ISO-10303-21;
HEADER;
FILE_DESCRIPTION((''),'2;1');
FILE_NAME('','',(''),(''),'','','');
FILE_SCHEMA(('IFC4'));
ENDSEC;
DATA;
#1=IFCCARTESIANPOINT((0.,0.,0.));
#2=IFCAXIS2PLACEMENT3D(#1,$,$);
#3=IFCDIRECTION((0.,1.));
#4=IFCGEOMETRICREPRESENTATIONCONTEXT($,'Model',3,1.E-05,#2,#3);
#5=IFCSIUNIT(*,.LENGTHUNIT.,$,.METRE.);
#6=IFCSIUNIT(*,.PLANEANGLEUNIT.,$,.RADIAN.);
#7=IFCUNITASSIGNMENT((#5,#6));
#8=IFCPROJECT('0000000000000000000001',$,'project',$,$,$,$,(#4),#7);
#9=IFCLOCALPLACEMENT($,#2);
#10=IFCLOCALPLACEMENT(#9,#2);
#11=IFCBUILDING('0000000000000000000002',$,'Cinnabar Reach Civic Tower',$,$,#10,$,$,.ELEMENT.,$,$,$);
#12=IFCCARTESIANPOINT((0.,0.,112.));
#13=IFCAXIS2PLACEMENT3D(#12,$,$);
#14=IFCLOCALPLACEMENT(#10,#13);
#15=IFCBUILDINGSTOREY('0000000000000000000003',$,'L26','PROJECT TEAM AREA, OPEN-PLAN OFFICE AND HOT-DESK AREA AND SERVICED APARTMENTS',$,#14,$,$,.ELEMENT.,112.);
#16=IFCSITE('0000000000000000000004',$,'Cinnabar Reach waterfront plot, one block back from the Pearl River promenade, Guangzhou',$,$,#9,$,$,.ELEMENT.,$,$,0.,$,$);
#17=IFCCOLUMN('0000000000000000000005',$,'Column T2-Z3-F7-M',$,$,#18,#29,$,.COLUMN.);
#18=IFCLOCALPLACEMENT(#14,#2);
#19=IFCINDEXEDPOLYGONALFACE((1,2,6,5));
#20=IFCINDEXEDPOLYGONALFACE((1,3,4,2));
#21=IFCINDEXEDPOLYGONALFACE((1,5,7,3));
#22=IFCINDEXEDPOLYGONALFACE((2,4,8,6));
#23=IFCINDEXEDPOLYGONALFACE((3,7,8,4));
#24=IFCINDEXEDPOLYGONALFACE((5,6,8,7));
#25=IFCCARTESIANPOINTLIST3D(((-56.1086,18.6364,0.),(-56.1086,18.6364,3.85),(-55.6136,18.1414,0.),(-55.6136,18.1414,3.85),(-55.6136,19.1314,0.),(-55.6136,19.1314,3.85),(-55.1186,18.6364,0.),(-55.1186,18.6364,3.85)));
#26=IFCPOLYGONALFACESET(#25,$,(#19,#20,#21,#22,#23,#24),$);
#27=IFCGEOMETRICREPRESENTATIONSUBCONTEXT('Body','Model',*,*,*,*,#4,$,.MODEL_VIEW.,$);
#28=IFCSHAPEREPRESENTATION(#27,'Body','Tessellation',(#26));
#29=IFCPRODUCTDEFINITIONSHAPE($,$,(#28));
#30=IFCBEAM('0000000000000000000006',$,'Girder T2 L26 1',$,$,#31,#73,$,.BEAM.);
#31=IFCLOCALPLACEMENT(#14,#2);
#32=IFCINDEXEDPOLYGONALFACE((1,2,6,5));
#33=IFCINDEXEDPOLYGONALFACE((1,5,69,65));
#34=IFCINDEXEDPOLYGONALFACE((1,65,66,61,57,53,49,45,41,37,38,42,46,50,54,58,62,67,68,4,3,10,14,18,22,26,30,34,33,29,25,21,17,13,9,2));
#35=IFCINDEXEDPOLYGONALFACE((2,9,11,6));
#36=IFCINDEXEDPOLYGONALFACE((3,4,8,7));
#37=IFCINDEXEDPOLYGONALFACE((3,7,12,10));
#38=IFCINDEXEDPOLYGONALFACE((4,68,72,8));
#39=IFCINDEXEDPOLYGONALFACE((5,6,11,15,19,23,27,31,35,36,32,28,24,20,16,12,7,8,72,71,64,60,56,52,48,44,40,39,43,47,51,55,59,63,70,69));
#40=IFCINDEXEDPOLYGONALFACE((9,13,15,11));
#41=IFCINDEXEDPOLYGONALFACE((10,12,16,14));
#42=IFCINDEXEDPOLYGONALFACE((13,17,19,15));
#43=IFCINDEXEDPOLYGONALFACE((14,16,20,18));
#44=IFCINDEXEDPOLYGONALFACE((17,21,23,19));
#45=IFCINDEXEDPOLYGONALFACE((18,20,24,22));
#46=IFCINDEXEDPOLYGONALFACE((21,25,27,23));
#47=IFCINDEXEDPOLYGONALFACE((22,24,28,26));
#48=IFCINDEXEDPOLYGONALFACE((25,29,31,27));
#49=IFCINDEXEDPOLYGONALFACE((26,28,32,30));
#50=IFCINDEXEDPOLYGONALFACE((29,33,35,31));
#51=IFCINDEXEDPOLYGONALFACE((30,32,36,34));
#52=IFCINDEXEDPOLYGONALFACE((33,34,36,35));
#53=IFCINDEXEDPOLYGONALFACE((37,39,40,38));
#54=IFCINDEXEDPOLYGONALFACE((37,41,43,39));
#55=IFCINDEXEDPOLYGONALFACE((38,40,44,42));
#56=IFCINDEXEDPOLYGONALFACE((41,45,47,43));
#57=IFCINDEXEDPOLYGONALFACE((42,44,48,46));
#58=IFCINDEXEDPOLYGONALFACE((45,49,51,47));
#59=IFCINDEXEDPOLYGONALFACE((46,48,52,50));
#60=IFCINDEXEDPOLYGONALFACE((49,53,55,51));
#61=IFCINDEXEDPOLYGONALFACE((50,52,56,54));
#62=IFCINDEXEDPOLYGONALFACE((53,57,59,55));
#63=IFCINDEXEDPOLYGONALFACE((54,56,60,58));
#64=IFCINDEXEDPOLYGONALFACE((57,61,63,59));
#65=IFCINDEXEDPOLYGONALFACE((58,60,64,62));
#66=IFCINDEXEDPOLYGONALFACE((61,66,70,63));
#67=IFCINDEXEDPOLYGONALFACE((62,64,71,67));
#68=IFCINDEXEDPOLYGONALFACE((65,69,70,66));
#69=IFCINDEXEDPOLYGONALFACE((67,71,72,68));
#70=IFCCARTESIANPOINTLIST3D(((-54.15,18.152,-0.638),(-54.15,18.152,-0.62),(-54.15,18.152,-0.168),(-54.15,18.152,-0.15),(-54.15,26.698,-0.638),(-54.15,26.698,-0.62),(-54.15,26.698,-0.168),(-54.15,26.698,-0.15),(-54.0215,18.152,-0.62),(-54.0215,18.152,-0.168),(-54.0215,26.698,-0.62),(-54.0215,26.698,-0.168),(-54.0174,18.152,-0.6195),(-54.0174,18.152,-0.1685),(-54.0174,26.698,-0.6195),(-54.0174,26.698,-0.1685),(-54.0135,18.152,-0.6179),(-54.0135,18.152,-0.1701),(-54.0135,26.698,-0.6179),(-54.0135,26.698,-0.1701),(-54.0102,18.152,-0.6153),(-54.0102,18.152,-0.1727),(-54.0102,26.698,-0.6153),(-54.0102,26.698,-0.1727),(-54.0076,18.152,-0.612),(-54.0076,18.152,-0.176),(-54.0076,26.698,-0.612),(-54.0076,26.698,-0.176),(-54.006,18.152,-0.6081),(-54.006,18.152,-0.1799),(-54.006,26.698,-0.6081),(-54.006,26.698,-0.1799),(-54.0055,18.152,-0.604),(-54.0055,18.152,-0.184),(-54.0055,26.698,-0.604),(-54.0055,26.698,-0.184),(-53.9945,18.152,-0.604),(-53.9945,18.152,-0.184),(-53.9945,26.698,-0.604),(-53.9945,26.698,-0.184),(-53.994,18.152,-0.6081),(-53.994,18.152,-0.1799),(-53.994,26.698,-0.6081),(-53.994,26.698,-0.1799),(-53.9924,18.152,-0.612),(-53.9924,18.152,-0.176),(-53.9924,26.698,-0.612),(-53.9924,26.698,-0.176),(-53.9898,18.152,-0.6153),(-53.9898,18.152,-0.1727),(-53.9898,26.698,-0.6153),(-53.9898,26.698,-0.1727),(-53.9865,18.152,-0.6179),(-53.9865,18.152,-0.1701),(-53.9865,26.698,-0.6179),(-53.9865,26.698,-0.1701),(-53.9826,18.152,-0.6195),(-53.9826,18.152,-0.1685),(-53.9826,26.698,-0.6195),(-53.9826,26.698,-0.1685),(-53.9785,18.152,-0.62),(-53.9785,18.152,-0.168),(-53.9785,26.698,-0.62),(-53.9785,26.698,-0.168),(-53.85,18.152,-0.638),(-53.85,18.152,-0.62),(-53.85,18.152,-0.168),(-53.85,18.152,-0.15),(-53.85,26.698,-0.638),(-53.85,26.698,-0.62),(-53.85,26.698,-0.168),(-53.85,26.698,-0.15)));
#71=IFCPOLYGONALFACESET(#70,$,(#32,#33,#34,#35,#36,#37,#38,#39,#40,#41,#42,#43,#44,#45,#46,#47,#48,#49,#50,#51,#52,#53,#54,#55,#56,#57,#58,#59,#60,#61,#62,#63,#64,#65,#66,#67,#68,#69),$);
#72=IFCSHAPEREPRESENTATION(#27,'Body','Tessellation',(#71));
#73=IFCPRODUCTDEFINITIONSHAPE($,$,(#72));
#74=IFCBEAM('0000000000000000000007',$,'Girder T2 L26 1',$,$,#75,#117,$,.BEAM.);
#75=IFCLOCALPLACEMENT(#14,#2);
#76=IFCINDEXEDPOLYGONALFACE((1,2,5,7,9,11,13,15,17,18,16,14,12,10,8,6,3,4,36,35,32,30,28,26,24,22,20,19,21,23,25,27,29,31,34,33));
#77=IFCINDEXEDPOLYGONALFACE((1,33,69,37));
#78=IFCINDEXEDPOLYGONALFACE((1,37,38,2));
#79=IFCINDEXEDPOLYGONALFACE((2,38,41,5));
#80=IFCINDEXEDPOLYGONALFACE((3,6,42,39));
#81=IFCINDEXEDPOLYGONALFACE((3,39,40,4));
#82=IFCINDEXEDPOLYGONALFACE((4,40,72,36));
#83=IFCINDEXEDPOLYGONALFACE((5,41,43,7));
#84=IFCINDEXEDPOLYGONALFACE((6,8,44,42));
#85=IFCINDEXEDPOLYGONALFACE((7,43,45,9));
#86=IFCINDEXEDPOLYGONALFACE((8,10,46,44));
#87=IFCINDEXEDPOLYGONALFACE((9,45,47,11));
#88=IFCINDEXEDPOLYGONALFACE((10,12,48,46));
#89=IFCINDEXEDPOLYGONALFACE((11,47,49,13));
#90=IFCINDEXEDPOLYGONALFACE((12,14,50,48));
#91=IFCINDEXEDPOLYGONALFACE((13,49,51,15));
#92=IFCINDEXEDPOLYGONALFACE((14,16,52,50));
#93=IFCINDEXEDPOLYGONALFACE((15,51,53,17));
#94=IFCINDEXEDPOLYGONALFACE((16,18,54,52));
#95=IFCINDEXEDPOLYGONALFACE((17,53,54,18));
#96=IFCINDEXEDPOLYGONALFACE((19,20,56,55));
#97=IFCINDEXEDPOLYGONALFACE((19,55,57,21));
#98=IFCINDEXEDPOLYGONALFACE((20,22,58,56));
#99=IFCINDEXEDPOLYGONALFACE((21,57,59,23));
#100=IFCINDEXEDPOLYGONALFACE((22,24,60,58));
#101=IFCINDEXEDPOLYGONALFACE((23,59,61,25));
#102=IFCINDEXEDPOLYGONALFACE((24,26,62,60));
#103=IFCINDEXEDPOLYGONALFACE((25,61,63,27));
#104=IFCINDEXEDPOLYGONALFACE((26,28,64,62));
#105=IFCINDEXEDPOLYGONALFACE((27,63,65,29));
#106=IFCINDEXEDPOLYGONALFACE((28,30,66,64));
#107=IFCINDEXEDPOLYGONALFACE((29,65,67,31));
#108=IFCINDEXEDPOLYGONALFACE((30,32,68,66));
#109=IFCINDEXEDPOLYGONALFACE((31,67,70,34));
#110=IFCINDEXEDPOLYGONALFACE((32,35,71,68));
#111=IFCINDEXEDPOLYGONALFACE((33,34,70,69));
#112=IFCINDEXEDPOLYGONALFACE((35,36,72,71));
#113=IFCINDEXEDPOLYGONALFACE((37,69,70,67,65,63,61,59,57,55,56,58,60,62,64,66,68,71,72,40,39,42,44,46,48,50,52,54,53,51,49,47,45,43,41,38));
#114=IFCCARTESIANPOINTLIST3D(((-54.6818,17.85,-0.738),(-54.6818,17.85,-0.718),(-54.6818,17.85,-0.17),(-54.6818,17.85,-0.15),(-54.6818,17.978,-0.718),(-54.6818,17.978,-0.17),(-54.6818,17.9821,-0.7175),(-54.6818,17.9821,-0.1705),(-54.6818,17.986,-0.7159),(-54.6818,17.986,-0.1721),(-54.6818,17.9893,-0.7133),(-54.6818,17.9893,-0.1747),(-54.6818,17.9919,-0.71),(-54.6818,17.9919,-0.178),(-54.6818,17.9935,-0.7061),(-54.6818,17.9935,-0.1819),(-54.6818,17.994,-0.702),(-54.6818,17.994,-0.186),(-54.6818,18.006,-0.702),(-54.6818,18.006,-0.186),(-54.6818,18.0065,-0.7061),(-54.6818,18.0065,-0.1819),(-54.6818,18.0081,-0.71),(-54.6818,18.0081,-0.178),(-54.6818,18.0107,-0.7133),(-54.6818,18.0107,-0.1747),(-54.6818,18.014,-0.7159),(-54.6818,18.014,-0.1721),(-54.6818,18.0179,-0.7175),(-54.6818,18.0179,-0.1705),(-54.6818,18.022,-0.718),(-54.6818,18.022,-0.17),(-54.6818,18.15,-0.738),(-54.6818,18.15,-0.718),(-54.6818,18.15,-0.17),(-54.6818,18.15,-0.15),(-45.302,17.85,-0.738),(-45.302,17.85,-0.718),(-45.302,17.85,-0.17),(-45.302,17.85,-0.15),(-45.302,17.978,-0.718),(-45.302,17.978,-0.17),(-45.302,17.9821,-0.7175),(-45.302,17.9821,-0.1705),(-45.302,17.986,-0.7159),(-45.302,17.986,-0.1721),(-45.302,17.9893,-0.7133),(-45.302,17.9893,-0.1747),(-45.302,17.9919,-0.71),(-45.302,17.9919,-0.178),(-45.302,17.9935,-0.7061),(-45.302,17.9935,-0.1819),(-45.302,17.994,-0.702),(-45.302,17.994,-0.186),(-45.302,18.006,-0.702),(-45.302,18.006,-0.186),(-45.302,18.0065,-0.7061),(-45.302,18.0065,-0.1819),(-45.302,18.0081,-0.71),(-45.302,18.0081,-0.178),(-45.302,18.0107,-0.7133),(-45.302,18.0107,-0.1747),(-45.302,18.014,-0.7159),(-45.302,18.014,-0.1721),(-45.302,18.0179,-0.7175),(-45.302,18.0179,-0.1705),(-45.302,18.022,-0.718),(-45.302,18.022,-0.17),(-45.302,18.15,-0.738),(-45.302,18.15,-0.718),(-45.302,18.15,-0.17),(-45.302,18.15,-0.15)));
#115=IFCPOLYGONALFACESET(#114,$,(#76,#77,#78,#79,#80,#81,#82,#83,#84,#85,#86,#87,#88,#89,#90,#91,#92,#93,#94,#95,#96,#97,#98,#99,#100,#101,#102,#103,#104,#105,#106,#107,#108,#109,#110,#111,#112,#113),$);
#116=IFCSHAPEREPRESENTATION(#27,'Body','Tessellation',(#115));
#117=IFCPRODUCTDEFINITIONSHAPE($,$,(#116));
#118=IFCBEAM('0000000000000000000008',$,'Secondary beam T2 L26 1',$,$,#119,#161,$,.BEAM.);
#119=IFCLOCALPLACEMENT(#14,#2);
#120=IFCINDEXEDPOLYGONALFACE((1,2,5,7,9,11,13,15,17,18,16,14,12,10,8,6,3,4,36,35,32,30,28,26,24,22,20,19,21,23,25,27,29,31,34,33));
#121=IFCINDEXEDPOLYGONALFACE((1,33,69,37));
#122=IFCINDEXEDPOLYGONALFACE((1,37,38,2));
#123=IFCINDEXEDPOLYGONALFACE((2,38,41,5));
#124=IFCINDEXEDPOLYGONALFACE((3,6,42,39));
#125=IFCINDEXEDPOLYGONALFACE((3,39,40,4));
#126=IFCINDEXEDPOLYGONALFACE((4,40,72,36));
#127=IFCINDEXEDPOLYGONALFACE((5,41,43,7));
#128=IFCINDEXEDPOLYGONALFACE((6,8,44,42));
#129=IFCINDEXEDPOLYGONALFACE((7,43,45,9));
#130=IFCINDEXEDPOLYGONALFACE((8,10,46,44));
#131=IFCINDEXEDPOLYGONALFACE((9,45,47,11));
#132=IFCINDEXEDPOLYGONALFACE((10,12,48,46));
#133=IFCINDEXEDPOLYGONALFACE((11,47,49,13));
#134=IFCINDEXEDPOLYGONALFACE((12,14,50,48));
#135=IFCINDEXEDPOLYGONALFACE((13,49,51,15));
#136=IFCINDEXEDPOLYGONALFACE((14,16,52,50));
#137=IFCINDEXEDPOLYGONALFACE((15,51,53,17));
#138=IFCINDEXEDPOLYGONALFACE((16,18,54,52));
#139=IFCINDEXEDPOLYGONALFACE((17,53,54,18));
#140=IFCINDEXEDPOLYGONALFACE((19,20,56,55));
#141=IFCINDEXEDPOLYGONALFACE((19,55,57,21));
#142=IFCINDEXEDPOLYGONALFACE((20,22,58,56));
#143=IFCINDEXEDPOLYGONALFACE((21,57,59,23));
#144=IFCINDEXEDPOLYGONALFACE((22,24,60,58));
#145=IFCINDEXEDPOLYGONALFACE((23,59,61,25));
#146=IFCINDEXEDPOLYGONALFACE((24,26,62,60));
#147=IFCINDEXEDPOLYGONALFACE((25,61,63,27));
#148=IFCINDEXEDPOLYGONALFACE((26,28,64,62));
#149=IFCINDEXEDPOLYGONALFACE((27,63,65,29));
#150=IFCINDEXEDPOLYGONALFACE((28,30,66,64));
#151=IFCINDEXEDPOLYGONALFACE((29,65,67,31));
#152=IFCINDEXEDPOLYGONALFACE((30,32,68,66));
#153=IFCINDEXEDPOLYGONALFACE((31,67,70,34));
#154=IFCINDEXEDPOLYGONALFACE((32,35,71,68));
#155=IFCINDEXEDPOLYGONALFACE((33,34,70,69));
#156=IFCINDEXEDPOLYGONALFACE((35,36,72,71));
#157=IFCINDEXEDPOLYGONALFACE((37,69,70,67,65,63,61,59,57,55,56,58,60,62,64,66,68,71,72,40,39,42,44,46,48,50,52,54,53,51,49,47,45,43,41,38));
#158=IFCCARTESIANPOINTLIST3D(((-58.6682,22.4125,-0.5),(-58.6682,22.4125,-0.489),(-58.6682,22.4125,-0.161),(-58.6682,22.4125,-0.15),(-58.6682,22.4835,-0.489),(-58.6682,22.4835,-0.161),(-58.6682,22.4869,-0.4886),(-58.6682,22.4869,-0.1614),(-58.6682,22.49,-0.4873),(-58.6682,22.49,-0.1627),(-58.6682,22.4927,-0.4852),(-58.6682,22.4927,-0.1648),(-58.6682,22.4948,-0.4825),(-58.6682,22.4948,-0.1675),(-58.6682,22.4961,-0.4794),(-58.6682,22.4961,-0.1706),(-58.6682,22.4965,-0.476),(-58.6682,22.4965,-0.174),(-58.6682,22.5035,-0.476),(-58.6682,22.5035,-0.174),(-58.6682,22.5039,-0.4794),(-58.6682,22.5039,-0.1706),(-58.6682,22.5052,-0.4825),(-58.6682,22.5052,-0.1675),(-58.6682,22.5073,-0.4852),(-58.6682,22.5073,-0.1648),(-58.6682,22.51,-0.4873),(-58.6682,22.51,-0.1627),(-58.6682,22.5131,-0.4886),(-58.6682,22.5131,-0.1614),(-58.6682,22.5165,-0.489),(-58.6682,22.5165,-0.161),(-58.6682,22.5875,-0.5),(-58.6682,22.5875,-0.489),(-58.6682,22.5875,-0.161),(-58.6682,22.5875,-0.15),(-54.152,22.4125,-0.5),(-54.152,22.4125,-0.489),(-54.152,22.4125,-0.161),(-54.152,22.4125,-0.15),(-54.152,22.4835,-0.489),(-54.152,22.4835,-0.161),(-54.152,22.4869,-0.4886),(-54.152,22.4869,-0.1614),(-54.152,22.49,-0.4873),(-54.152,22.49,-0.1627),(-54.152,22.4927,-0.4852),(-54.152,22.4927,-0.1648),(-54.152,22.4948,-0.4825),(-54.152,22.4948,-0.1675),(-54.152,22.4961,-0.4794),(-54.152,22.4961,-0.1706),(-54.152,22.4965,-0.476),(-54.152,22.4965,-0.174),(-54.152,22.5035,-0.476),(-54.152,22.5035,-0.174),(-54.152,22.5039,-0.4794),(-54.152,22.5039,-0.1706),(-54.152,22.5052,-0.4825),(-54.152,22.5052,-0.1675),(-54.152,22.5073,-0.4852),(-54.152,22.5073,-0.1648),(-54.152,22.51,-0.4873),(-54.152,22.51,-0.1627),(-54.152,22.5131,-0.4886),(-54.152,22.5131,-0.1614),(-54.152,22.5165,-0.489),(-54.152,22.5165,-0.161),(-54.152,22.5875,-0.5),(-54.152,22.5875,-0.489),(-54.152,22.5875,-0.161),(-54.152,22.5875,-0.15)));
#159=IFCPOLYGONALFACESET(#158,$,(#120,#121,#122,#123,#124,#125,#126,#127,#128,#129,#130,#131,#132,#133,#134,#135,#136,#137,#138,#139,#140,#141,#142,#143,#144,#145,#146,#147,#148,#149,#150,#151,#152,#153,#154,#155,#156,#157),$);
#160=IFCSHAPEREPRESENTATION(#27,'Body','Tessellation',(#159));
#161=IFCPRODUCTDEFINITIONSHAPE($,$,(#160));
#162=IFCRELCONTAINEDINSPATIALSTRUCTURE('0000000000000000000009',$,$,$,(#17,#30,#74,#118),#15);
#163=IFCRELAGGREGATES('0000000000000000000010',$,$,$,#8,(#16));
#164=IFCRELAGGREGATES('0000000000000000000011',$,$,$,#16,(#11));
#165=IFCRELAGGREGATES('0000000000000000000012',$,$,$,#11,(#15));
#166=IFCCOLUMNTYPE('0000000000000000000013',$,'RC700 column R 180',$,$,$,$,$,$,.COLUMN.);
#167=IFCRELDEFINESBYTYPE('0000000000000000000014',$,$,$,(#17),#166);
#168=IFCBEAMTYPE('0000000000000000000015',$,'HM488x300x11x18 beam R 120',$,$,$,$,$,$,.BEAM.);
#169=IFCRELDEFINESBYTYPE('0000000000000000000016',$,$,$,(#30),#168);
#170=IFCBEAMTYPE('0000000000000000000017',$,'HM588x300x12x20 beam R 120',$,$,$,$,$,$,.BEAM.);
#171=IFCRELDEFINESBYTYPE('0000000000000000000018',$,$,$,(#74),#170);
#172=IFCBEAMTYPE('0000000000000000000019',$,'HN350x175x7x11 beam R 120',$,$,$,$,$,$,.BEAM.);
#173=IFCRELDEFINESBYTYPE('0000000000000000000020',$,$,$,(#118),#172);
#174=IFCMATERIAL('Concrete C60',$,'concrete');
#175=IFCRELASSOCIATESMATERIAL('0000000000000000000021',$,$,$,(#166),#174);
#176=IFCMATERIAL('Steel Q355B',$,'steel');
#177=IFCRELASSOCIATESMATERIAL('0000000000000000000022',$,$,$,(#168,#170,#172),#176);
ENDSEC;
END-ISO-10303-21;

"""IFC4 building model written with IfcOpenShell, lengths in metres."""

from ifc_helpers import new_model, si_unit, direction, frame, origin, origin_2d, place, context, subcontext, project, spatial, rectangle, i_section, extrude, material, material_profile, profile_set, type_object, element, save


model = new_model("IFC4")

# Units and contexts
model_context = context("Model", 3, precision=1e-05, world=origin(), true_north=direction((0.0, 1.0)))
body_context = subcontext(model_context, "Body", "Model", "MODEL_VIEW")
ifc_project = project(units=[si_unit("LENGTHUNIT", "METRE"), si_unit("PLANEANGLEUNIT", "RADIAN")], contexts=[model_context])

# Site, building, storey
site_placement = place(None, origin())
site = spatial("IfcSite", under=ifc_project, at=site_placement, Name="Cinnabar Reach waterfront plot, one block back from the Pearl River promenade, Guangzhou", CompositionType="ELEMENT", RefElevation=0.0)
building_placement = place(site_placement, origin())
building = spatial("IfcBuilding", under=site, at=building_placement, Name="Cinnabar Reach Civic Tower", CompositionType="ELEMENT")
storey_placement = place(building_placement, frame((0.0, 0.0, 112.0)))
storey = spatial("IfcBuildingStorey", under=building, at=storey_placement, Name="L26", Description="PROJECT TEAM AREA, OPEN-PLAN OFFICE AND HOT-DESK AREA AND SERVICED APARTMENTS", CompositionType="ELEMENT", Elevation=112.0)

# Column
ifc_material_1 = material(Name="Concrete C60", Category="concrete")
ifc_material_profile_1 = material_profile(ifc_material_1, rectangle(XDim=0.7, YDim=0.7, at=origin_2d()), Name="RC700")
ifc_profile_set_1 = profile_set([ifc_material_profile_1], Name="Concrete C60")
column_type = type_object("IfcColumnType", Name="RC700 column R 180", PredefinedType="COLUMN", material=ifc_profile_set_1)
column_placement = place(storey_placement, frame((-55.6136, 18.6364, 0.0), z_axis=(0.0, 0.0, 1.0), x_axis=(0.707107, 0.707107, 0.0)))
element("IfcColumn", 1, at=column_placement, inside=storey, type_object=column_type, Name="Column T2-Z3-F7-M", PredefinedType="COLUMN", context=body_context, shape_type="SweptSolid", body=[
    extrude(rectangle(XDim=0.7, YDim=0.7, at=origin_2d()), origin(), (0.0, 0.0, 1.0), 3.85),
])

# Beams
ifc_material_2 = material(Name="Steel Q355B", Category="steel")
ifc_material_profile_2 = material_profile(ifc_material_2, i_section(OverallWidth=0.3, OverallDepth=0.488, WebThickness=0.011, FlangeThickness=0.018, FilletRadius=0.016, at=origin_2d()), Name="HM488x300x11x18")
ifc_profile_set_2 = profile_set([ifc_material_profile_2], Name="Steel Q355B")
beam_type_1 = type_object("IfcBeamType", Name="HM488x300x11x18 beam R 120", PredefinedType="BEAM", material=ifc_profile_set_2)
beam_1_placement = place(storey_placement, frame((-54.0, 18.152, -0.394), z_axis=(0.0, 1.0, 0.0), x_axis=(-1.0, 0.0, 0.0)))
element("IfcBeam", 2, at=beam_1_placement, inside=storey, type_object=beam_type_1, Name="Girder T2 L26 1", PredefinedType="BEAM", context=body_context, shape_type="SweptSolid", body=[
    extrude(i_section(OverallWidth=0.3, OverallDepth=0.488, WebThickness=0.011, FlangeThickness=0.018, FilletRadius=0.016, at=origin_2d()), origin(), (0.0, 0.0, 1.0), 8.546),
])
ifc_material_profile_3 = material_profile(ifc_material_2, i_section(OverallWidth=0.3, OverallDepth=0.588, WebThickness=0.012, FlangeThickness=0.02, FilletRadius=0.016, at=origin_2d()), Name="HM588x300x12x20")
ifc_profile_set_3 = profile_set([ifc_material_profile_3], Name="Steel Q355B")
beam_type_2 = type_object("IfcBeamType", Name="HM588x300x12x20 beam R 120", PredefinedType="BEAM", material=ifc_profile_set_3)
beam_2_placement = place(storey_placement, frame((-54.6818, 18.0, -0.444), z_axis=(1.0, 0.0, 0.0), x_axis=(0.0, 1.0, 0.0)))
element("IfcBeam", 3, at=beam_2_placement, inside=storey, type_object=beam_type_2, Name="Girder T2 L26 1", PredefinedType="BEAM", context=body_context, shape_type="SweptSolid", body=[
    extrude(i_section(OverallWidth=0.3, OverallDepth=0.588, WebThickness=0.012, FlangeThickness=0.02, FilletRadius=0.016, at=origin_2d()), origin(), (0.0, 0.0, 1.0), 9.3798),
])
ifc_material_profile_4 = material_profile(ifc_material_2, i_section(OverallWidth=0.175, OverallDepth=0.35, WebThickness=0.007, FlangeThickness=0.011, FilletRadius=0.013, at=origin_2d()), Name="HN350x175x7x11")
ifc_profile_set_4 = profile_set([ifc_material_profile_4], Name="Steel Q355B")
beam_type_3 = type_object("IfcBeamType", Name="HN350x175x7x11 beam R 120", PredefinedType="BEAM", material=ifc_profile_set_4)
beam_3_placement = place(storey_placement, frame((-58.6682, 22.5, -0.325), z_axis=(1.0, 0.0, 0.0), x_axis=(0.0, 1.0, 0.0)))
element("IfcBeam", 4, at=beam_3_placement, inside=storey, type_object=beam_type_3, Name="Secondary beam T2 L26 1", PredefinedType="BEAM", context=body_context, shape_type="SweptSolid", body=[
    extrude(i_section(OverallWidth=0.175, OverallDepth=0.35, WebThickness=0.007, FlangeThickness=0.011, FilletRadius=0.013, at=origin_2d()), origin(), (0.0, 0.0, 1.0), 4.5162),
])

save(model, "model.ifc")
